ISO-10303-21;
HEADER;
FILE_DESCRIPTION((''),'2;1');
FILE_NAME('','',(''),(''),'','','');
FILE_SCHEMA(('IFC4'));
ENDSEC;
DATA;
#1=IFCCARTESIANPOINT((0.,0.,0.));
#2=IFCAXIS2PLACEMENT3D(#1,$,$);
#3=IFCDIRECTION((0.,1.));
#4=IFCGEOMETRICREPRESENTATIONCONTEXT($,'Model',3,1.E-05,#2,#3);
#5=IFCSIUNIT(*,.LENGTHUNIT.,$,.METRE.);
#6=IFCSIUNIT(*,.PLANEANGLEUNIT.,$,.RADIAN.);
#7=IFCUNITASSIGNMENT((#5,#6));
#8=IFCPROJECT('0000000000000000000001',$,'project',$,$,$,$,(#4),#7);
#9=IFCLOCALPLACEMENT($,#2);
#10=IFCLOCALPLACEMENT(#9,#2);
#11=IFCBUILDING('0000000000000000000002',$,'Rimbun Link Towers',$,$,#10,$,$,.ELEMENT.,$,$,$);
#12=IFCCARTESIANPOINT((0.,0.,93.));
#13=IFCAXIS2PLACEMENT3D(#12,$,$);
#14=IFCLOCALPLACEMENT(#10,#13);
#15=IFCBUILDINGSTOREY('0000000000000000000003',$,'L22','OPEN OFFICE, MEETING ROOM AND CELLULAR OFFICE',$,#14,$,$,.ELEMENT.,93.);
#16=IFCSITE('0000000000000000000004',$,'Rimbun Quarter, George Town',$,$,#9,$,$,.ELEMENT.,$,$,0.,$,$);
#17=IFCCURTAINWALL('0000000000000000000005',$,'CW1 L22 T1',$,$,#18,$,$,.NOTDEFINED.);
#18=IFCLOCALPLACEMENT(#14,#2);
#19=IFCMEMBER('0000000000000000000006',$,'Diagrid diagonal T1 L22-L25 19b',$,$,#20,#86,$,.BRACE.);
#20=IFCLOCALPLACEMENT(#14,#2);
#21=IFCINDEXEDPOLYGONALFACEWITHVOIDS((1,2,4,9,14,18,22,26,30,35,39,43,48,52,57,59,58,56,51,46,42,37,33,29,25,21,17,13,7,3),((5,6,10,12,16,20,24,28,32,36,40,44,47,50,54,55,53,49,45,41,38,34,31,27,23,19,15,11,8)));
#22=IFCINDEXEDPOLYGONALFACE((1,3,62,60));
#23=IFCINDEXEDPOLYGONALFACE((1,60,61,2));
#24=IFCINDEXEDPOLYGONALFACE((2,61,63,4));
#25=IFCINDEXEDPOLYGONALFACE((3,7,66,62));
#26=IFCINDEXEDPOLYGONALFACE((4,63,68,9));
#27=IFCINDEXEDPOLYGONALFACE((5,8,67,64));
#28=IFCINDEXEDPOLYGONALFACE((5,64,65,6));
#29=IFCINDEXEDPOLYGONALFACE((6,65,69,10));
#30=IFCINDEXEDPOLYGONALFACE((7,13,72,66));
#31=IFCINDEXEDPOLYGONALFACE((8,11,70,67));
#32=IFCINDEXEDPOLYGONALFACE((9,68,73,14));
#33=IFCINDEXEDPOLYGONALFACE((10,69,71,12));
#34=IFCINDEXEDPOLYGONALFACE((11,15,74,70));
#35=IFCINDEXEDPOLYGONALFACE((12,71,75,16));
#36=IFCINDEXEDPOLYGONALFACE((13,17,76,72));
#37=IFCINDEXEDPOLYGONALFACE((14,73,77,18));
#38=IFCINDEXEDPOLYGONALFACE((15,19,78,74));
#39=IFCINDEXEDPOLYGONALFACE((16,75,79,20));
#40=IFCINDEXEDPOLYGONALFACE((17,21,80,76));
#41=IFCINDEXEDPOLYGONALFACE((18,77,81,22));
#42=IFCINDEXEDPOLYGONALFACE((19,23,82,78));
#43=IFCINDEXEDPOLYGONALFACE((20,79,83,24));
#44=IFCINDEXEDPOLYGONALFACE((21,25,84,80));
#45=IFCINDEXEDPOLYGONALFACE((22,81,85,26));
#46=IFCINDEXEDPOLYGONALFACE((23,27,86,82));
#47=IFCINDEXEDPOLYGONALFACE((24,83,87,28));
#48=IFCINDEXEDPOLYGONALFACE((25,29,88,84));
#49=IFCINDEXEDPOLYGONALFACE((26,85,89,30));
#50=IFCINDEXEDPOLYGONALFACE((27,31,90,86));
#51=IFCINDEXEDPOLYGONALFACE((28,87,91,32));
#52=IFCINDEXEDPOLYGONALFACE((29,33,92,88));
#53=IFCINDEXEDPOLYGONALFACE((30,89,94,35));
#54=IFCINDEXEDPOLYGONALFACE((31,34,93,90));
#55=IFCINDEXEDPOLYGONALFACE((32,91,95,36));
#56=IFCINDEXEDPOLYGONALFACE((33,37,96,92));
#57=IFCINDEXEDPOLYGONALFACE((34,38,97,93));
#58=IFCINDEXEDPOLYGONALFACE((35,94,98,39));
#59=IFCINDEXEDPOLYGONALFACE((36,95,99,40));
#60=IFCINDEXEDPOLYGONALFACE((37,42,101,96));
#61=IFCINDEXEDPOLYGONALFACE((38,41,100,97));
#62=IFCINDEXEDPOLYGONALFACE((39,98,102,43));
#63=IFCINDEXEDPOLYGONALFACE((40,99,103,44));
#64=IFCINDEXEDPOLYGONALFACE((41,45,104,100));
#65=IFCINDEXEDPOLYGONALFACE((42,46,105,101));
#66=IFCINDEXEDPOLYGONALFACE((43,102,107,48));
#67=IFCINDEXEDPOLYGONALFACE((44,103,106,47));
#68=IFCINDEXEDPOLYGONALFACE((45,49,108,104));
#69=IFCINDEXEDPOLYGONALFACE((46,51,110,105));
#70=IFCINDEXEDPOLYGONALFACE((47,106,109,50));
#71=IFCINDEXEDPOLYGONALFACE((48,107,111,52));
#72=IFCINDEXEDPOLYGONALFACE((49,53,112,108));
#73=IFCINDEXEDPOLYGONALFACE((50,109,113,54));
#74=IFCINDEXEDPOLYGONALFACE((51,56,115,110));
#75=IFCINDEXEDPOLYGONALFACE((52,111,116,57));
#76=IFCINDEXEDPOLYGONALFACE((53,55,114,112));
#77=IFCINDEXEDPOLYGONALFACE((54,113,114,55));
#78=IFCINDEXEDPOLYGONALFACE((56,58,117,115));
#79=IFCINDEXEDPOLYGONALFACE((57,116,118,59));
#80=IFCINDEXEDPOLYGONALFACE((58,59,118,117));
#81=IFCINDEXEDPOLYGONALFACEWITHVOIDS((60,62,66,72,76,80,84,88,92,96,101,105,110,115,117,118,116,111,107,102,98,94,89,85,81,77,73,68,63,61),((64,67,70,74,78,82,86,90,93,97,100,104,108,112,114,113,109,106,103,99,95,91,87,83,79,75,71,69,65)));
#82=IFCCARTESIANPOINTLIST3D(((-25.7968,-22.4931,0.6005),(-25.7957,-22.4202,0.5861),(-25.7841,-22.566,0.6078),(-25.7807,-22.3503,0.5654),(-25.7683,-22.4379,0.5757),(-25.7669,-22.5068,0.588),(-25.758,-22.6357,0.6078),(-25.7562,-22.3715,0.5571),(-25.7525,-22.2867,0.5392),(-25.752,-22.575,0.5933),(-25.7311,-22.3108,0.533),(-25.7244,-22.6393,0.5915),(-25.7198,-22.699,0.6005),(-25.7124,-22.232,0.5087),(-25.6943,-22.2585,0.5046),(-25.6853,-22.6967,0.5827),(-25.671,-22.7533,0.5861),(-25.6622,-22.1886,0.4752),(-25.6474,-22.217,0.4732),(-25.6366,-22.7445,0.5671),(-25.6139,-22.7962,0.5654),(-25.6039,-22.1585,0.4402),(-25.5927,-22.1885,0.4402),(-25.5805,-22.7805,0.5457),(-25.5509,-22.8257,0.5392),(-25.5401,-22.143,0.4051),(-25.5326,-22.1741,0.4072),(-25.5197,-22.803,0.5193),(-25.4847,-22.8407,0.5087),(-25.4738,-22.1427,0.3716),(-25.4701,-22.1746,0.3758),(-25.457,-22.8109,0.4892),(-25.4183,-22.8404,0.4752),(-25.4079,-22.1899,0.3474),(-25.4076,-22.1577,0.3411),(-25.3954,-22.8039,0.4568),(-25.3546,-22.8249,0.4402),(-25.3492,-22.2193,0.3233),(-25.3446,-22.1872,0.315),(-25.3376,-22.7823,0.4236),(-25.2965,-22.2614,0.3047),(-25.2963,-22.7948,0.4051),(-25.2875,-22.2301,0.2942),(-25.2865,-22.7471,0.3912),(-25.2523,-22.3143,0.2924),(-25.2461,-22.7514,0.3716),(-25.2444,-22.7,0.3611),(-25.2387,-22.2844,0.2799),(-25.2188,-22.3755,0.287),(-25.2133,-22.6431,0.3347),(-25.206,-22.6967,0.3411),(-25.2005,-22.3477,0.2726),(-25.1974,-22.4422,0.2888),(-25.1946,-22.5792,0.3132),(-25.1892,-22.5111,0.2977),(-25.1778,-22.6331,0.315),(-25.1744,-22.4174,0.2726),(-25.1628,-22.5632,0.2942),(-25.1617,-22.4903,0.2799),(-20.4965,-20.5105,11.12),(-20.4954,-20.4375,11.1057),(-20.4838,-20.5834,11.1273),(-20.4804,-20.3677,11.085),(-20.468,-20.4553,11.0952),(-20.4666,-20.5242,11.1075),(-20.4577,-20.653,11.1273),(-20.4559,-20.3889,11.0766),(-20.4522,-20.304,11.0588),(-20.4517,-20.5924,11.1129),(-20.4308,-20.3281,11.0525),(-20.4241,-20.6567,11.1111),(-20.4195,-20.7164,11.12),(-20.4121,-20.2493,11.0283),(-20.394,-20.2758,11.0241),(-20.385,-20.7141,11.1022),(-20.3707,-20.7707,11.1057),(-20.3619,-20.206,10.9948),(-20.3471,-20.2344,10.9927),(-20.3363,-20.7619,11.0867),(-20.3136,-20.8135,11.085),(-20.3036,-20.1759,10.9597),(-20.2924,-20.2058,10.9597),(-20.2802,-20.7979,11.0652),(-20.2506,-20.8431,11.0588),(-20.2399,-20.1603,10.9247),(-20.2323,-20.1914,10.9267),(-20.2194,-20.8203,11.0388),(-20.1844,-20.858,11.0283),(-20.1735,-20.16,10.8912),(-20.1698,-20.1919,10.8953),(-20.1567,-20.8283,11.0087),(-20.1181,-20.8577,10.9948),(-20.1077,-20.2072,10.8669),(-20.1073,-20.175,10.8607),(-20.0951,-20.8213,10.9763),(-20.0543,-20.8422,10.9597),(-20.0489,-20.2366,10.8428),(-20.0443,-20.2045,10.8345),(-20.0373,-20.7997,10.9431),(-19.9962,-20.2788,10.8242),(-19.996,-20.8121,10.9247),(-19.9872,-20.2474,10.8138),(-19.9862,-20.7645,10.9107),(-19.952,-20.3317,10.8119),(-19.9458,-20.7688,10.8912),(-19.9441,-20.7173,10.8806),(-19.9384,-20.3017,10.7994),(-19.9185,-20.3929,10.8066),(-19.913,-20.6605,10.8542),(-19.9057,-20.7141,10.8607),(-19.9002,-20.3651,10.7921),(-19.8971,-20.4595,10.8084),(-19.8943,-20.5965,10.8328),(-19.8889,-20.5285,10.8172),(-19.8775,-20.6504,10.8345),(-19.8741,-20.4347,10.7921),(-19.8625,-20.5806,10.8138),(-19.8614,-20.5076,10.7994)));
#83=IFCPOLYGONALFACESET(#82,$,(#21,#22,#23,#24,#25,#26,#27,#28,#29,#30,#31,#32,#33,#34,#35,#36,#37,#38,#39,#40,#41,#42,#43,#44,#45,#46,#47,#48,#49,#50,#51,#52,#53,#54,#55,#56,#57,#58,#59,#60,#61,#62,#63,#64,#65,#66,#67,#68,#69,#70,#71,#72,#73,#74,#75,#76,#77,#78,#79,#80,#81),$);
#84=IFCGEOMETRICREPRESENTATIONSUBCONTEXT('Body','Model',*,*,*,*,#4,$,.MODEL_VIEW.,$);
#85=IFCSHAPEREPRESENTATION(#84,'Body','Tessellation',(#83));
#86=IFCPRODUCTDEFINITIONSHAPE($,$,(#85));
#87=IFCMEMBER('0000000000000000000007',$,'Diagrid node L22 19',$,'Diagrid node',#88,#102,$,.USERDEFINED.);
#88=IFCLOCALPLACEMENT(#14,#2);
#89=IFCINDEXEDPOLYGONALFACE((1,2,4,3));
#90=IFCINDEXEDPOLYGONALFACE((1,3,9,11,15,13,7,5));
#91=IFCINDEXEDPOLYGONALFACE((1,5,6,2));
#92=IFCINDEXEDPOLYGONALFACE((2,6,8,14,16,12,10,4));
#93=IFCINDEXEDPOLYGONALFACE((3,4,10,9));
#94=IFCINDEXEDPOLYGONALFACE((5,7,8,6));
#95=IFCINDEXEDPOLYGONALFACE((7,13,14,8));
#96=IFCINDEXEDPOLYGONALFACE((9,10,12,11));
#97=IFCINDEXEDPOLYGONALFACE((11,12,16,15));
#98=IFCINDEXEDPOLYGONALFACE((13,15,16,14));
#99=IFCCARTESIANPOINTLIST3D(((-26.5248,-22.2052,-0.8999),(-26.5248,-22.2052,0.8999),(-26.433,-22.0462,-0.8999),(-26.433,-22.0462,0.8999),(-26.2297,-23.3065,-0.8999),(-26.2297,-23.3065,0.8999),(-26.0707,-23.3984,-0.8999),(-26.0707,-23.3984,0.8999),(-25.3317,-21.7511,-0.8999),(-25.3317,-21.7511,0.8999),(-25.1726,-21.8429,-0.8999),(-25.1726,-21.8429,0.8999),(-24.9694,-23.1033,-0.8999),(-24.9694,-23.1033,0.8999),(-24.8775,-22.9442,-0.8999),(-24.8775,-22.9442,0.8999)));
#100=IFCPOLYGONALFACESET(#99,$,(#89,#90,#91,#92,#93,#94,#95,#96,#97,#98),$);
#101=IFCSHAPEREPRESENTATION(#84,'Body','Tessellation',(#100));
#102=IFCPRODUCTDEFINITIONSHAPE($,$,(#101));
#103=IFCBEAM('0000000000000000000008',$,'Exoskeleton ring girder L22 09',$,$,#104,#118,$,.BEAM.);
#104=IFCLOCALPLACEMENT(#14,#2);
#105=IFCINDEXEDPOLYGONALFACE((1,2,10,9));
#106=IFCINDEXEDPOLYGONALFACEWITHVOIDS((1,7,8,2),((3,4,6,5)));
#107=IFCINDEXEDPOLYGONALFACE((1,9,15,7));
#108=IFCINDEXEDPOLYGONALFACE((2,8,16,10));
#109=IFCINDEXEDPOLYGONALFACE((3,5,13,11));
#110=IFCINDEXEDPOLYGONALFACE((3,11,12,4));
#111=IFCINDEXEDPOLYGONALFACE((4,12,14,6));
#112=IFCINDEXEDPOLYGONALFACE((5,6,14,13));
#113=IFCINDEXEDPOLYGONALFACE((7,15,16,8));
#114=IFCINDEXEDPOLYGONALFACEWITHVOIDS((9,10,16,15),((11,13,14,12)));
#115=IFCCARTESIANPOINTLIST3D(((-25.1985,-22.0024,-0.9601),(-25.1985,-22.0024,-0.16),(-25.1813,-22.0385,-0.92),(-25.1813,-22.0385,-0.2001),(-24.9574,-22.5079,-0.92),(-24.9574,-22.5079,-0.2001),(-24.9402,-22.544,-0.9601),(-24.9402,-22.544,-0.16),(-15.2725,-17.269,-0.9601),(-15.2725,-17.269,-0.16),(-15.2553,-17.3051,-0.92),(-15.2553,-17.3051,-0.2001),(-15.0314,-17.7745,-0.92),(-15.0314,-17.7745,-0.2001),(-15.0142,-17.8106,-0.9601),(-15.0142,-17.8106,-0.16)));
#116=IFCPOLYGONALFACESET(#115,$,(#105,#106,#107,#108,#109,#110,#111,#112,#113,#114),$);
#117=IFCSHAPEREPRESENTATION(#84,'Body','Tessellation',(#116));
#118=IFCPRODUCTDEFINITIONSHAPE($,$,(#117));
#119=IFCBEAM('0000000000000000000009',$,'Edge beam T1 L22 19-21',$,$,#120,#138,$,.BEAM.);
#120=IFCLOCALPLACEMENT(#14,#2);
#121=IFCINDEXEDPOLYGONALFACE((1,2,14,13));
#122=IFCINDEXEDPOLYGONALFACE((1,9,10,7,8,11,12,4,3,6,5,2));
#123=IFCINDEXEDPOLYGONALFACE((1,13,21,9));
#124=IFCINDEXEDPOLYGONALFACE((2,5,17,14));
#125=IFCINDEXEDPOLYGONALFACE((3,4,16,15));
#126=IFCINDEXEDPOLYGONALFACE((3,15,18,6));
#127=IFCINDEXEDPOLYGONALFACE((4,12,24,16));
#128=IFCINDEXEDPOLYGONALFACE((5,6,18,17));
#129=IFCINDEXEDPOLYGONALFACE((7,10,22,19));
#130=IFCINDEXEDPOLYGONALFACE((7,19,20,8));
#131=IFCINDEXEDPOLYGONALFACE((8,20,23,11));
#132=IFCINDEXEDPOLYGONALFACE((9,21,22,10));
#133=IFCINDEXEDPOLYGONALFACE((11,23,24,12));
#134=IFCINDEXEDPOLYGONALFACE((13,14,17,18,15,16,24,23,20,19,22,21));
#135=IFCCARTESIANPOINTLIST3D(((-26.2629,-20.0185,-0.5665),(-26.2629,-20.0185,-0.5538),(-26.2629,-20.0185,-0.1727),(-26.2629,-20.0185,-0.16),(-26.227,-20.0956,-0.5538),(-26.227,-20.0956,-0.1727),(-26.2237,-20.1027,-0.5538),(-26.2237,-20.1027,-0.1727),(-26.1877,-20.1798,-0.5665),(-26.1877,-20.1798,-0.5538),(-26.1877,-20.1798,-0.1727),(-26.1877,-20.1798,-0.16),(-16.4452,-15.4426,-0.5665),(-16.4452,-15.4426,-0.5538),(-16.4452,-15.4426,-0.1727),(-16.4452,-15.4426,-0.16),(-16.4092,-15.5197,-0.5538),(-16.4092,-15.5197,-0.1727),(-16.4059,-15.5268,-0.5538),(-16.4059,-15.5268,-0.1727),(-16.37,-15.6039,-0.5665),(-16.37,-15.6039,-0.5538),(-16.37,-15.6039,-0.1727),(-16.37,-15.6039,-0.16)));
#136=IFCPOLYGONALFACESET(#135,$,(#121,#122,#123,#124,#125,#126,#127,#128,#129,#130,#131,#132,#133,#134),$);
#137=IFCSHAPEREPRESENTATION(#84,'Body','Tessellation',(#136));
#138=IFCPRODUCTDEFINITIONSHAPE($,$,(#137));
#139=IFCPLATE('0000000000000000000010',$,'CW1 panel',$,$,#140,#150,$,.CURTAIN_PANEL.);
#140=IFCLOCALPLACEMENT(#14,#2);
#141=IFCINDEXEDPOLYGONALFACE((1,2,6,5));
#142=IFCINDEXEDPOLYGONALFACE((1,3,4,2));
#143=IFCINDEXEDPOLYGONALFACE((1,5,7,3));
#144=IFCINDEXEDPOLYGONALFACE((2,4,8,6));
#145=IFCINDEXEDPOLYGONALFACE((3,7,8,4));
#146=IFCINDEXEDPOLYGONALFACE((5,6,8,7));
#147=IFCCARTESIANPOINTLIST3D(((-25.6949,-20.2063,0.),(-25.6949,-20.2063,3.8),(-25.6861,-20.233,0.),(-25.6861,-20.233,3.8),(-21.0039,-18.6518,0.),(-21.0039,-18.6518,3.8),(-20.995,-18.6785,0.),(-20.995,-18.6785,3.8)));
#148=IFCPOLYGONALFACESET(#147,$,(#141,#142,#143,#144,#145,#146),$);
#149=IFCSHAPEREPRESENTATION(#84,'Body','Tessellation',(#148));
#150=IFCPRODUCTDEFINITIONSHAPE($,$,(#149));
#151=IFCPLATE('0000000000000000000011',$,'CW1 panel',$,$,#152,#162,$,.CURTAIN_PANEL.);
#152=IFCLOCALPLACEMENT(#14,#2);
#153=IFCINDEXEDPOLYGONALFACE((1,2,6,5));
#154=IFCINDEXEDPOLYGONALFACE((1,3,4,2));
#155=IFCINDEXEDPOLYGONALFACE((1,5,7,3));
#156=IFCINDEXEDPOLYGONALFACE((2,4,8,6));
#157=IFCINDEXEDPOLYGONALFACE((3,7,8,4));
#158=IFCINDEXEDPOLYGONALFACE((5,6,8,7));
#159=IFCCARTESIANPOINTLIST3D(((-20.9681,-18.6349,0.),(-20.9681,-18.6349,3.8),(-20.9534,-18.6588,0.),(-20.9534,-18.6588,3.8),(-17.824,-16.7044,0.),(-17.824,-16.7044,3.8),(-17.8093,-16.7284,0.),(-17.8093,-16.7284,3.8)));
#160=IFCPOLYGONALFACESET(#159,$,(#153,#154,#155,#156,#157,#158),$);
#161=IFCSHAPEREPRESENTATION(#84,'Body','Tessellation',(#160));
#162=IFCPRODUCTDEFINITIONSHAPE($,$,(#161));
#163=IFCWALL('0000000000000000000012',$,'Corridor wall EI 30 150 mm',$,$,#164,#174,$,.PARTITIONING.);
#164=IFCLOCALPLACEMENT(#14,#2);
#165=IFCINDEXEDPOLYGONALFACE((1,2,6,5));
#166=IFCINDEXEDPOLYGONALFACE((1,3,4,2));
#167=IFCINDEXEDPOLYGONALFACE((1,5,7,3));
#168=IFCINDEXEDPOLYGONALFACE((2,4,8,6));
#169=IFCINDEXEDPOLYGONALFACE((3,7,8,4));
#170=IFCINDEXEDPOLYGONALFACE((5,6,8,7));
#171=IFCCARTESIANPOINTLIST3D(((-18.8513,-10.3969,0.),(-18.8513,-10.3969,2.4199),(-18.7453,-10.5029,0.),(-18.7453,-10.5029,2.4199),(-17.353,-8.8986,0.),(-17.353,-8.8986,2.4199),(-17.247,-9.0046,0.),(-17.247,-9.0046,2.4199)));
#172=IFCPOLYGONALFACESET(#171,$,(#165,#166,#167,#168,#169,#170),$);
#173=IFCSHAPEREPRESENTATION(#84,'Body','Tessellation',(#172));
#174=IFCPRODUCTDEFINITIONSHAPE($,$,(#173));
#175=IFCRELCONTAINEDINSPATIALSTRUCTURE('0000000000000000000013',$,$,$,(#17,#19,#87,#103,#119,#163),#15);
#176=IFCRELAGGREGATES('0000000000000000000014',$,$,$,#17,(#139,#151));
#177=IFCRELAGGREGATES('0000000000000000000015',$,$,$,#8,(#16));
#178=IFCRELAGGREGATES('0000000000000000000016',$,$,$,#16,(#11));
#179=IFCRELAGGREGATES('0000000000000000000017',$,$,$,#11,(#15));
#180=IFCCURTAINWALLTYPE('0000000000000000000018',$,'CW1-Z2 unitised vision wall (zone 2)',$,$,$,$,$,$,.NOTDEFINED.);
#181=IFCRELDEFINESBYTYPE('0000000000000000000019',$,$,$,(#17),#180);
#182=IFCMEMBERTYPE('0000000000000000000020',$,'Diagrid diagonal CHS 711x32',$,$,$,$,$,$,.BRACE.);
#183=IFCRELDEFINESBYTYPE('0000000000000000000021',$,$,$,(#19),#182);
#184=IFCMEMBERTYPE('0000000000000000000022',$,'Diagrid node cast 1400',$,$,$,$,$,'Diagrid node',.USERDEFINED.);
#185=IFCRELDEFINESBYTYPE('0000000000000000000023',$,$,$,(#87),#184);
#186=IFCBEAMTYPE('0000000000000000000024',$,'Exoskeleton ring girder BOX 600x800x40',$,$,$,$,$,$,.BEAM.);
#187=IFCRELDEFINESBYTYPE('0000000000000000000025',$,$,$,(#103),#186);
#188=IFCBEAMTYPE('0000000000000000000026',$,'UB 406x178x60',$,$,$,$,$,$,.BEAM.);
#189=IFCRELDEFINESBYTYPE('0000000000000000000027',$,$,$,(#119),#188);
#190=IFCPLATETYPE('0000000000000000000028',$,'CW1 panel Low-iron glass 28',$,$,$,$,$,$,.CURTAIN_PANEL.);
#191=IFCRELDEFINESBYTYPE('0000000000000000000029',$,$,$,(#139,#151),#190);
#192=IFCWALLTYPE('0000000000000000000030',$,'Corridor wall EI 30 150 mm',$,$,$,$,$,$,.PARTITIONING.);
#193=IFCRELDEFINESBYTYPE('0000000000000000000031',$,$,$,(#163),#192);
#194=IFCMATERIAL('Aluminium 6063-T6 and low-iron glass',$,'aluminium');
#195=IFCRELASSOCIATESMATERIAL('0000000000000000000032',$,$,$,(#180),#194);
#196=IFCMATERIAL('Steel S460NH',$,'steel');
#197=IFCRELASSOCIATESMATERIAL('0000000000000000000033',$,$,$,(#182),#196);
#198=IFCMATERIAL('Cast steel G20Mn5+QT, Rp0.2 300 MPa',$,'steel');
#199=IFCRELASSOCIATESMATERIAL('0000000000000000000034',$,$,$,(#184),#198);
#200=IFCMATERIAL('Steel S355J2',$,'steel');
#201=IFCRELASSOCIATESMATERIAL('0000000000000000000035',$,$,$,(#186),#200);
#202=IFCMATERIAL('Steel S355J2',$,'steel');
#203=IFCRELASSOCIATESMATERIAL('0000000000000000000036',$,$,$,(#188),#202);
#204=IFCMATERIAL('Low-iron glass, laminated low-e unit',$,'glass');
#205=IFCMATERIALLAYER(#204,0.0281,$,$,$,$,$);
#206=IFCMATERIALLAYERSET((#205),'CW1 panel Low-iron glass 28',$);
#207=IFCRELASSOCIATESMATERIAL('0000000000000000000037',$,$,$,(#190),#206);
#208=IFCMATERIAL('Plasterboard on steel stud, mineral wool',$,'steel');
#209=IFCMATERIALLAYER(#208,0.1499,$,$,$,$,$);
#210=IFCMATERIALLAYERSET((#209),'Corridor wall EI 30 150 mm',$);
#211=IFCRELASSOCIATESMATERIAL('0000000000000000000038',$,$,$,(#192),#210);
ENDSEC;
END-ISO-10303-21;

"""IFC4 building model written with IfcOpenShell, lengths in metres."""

from ifc_helpers import new_model, si_unit, direction, frame, frame_2d, origin, origin_2d, place, context, subcontext, project, spatial, polyline, rectangle, hollow_rectangle, hollow_circle, i_section, outline, extrude, material, layer, layer_set, material_profile, profile_set, type_object, element, aggregate, save


model = new_model("IFC4")

# Units and contexts
model_context = context("Model", 3, precision=1e-05, world=origin(), true_north=direction((0.0, 1.0)))
body_context = subcontext(model_context, "Body", "Model", "MODEL_VIEW")
ifc_project = project(units=[si_unit("LENGTHUNIT", "METRE"), si_unit("PLANEANGLEUNIT", "RADIAN")], contexts=[model_context])

# Site, building, storey
site_placement = place(None, origin())
site = spatial("IfcSite", under=ifc_project, at=site_placement, Name="Rimbun Quarter, George Town", CompositionType="ELEMENT", RefElevation=0.0)
building_placement = place(site_placement, origin())
building = spatial("IfcBuilding", under=site, at=building_placement, Name="Rimbun Link Towers", CompositionType="ELEMENT")
storey_placement = place(building_placement, frame((0.0, 0.0, 93.0)))
storey = spatial("IfcBuildingStorey", under=building, at=storey_placement, Name="L22", Description="OPEN OFFICE, MEETING ROOM AND CELLULAR OFFICE", CompositionType="ELEMENT", Elevation=93.0)

# Curtain wall
ifc_material_1 = material(Name="Aluminium 6063-T6 and low-iron glass", Category="aluminium")
curtain_wall_type = type_object("IfcCurtainWallType", Name="CW1-Z2 unitised vision wall (zone 2)", PredefinedType="NOTDEFINED", material=ifc_material_1)
curtain_wall_placement = place(storey_placement, origin())
curtain_wall = element("IfcCurtainWall", 1, at=curtain_wall_placement, inside=storey, type_object=curtain_wall_type, Name="CW1 L22 T1", PredefinedType="NOTDEFINED")

# Members
ifc_material_2 = material(Name="Steel S460NH", Category="steel")
ifc_material_profile_1 = material_profile(ifc_material_2, hollow_circle(Radius=0.3557, WallThickness=0.032, at=origin_2d()), Name="Diagrid diagonal CHS 711x32")
ifc_profile_set_1 = profile_set([ifc_material_profile_1], Name="Steel S460NH")
member_type_1 = type_object("IfcMemberType", Name="Diagrid diagonal CHS 711x32", PredefinedType="BRACE", material=ifc_profile_set_1)
member_1_placement = place(storey_placement, frame((-25.4792, -22.4917, 0.4402), z_axis=(0.443722, 0.165982, 0.880659), x_axis=(-0.350357, 0.936616, 0.0)))
element("IfcMember", 2, at=member_1_placement, inside=storey, type_object=member_type_1, Name="Diagrid diagonal T1 L22-L25 19b", PredefinedType="BRACE", context=body_context, shape_type="SweptSolid", body=[
    extrude(hollow_circle(Radius=0.3557, WallThickness=0.032, at=origin_2d()), origin(), (0.0, 0.0, 1.0), 11.9451),
])
ifc_material_3 = material(Name="Cast steel G20Mn5+QT, Rp0.2 300 MPa", Category="steel")
ifc_material_profile_2 = material_profile(ifc_material_3, outline(polyline([(0.7, -0.5701), (0.7, 0.5701), (0.5701, 0.7), (-0.5701, 0.7), (-0.7, 0.5701), (-0.7, -0.5701), (-0.5701, -0.7), (0.5701, -0.7), (0.7, -0.5701)])), Name="NODE 1400x1400")
ifc_profile_set_2 = profile_set([ifc_material_profile_2], Name="Cast steel G20Mn5+QT, Rp0.2 300 MPa")
member_type_2 = type_object("IfcMemberType", Name="Diagrid node cast 1400", ElementType="Diagrid node", PredefinedType="USERDEFINED", material=ifc_profile_set_2)
member_2_placement = place(storey_placement, frame((-25.7012, -22.5747, -0.8999), z_axis=(0.0, 0.0, 1.0), x_axis=(0.258819, -0.965926, 0.0)))
element("IfcMember", 3, at=member_2_placement, inside=storey, type_object=member_type_2, Name="Diagrid node L22 19", ObjectType="Diagrid node", PredefinedType="USERDEFINED", context=body_context, shape_type="SweptSolid", body=[
    extrude(outline(polyline([(0.7, -0.5701), (0.7, 0.5701), (0.5701, 0.7), (-0.5701, 0.7), (-0.7, 0.5701), (-0.7, -0.5701), (-0.5701, -0.7), (0.5701, -0.7), (0.7, -0.5701)])), origin(), (0.0, 0.0, 1.0), 1.7998),
])

# Beams
ifc_material_4 = material(Name="Steel S355J2", Category="steel")
ifc_material_profile_3 = material_profile(ifc_material_4, hollow_rectangle(XDim=0.6001, YDim=0.8, WallThickness=0.04, at=origin_2d()), Name="Exoskeleton ring girder BOX 600x800x40")
ifc_profile_set_3 = profile_set([ifc_material_profile_3], Name="Steel S355J2")
beam_type_1 = type_object("IfcBeamType", Name="Exoskeleton ring girder BOX 600x800x40", PredefinedType="BEAM", material=ifc_profile_set_3)
beam_1_placement = place(storey_placement, frame((-25.0693, -22.2732, -0.5601), z_axis=(0.902623, 0.430432, 0.0), x_axis=(-0.430432, 0.902623, 0.0)))
element("IfcBeam", 4, at=beam_1_placement, inside=storey, type_object=beam_type_1, Name="Exoskeleton ring girder L22 09", PredefinedType="BEAM", context=body_context, shape_type="SweptSolid", body=[
    extrude(hollow_rectangle(XDim=0.6001, YDim=0.8, WallThickness=0.04, at=origin_2d()), origin(), (0.0, 0.0, 1.0), 10.9968),
])
ifc_material_5 = material(Name="Steel S355J2", Category="steel")
ifc_material_profile_4 = material_profile(ifc_material_5, i_section(OverallWidth=0.178, OverallDepth=0.4065, WebThickness=0.0078, FlangeThickness=0.0127, at=origin_2d()), Name="UB 406x178x60")
ifc_profile_set_4 = profile_set([ifc_material_profile_4], Name="Steel S355J2")
beam_type_2 = type_object("IfcBeamType", Name="UB 406x178x60", PredefinedType="BEAM", material=ifc_profile_set_4)
beam_2_placement = place(storey_placement, frame((-26.2253, -20.0991, -0.3633), z_axis=(0.906386, 0.42245, 0.0), x_axis=(-0.42245, 0.906386, 0.0)))
element("IfcBeam", 5, at=beam_2_placement, inside=storey, type_object=beam_type_2, Name="Edge beam T1 L22 19-21", PredefinedType="BEAM", context=body_context, shape_type="SweptSolid", body=[
    extrude(i_section(OverallWidth=0.178, OverallDepth=0.4065, WebThickness=0.0078, FlangeThickness=0.0127, at=origin_2d()), origin(), (0.0, 0.0, 1.0), 10.8318),
])

# Plates
ifc_material_6 = material(Name="Low-iron glass, laminated low-e unit", Category="glass")
ifc_layer_1 = layer(ifc_material_6, 0.0281)
ifc_layer_set_1 = layer_set([ifc_layer_1], Name="CW1 panel Low-iron glass 28")
plate_type = type_object("IfcPlateType", Name="CW1 panel Low-iron glass 28", PredefinedType="CURTAIN_PANEL", material=ifc_layer_set_1)
plate_1_placement = place(storey_placement, frame((-23.345, -19.4424, 0.0), z_axis=(0.0, 0.0, 1.0), x_axis=(-0.949239, -0.314556, 0.0)))
plate_1 = element("IfcPlate", 6, at=plate_1_placement, type_object=plate_type, Name="CW1 panel", PredefinedType="CURTAIN_PANEL", context=body_context, shape_type="SweptSolid", body=[
    extrude(rectangle(XDim=4.9419, YDim=0.0281, at=origin_2d()), origin(), (0.0, 0.0, 1.0), 3.8),
])
plate_2_placement = place(storey_placement, frame((-19.3887, -17.6816, 0.0), z_axis=(0.0, 0.0, 1.0), x_axis=(-0.852186, -0.523239, 0.0)))
plate_2 = element("IfcPlate", 7, at=plate_2_placement, type_object=plate_type, Name="CW1 panel", PredefinedType="CURTAIN_PANEL", context=body_context, shape_type="SweptSolid", body=[
    extrude(rectangle(XDim=3.6895, YDim=0.0281, at=origin_2d()), origin(), (0.0, 0.0, 1.0), 3.8),
])
aggregate(curtain_wall, [plate_1, plate_2])

# Wall
ifc_material_7 = material(Name="Plasterboard on steel stud, mineral wool", Category="steel")
ifc_layer_2 = layer(ifc_material_7, 0.1499)
ifc_layer_set_2 = layer_set([ifc_layer_2], Name="Corridor wall EI 30 150 mm")
wall_type_1 = type_object("IfcWallType", Name="Corridor wall EI 30 150 mm", PredefinedType="PARTITIONING", material=ifc_layer_set_2)
wall_1_placement = place(storey_placement, frame((-18.7983, -10.45, 0.0), z_axis=(0.0, 0.0, 1.0), x_axis=(0.707107, 0.707107, 0.0)))
element("IfcWall", 8, at=wall_1_placement, inside=storey, type_object=wall_type_1, Name="Corridor wall EI 30 150 mm", PredefinedType="PARTITIONING", context=body_context, shape_type="SweptSolid", body=[
    extrude(rectangle(XDim=2.1189, YDim=0.1499, at=frame_2d((1.0596, 0.0))), origin(), (0.0, 0.0, 1.0), 2.4199),
])

save(model, "model.ifc")
